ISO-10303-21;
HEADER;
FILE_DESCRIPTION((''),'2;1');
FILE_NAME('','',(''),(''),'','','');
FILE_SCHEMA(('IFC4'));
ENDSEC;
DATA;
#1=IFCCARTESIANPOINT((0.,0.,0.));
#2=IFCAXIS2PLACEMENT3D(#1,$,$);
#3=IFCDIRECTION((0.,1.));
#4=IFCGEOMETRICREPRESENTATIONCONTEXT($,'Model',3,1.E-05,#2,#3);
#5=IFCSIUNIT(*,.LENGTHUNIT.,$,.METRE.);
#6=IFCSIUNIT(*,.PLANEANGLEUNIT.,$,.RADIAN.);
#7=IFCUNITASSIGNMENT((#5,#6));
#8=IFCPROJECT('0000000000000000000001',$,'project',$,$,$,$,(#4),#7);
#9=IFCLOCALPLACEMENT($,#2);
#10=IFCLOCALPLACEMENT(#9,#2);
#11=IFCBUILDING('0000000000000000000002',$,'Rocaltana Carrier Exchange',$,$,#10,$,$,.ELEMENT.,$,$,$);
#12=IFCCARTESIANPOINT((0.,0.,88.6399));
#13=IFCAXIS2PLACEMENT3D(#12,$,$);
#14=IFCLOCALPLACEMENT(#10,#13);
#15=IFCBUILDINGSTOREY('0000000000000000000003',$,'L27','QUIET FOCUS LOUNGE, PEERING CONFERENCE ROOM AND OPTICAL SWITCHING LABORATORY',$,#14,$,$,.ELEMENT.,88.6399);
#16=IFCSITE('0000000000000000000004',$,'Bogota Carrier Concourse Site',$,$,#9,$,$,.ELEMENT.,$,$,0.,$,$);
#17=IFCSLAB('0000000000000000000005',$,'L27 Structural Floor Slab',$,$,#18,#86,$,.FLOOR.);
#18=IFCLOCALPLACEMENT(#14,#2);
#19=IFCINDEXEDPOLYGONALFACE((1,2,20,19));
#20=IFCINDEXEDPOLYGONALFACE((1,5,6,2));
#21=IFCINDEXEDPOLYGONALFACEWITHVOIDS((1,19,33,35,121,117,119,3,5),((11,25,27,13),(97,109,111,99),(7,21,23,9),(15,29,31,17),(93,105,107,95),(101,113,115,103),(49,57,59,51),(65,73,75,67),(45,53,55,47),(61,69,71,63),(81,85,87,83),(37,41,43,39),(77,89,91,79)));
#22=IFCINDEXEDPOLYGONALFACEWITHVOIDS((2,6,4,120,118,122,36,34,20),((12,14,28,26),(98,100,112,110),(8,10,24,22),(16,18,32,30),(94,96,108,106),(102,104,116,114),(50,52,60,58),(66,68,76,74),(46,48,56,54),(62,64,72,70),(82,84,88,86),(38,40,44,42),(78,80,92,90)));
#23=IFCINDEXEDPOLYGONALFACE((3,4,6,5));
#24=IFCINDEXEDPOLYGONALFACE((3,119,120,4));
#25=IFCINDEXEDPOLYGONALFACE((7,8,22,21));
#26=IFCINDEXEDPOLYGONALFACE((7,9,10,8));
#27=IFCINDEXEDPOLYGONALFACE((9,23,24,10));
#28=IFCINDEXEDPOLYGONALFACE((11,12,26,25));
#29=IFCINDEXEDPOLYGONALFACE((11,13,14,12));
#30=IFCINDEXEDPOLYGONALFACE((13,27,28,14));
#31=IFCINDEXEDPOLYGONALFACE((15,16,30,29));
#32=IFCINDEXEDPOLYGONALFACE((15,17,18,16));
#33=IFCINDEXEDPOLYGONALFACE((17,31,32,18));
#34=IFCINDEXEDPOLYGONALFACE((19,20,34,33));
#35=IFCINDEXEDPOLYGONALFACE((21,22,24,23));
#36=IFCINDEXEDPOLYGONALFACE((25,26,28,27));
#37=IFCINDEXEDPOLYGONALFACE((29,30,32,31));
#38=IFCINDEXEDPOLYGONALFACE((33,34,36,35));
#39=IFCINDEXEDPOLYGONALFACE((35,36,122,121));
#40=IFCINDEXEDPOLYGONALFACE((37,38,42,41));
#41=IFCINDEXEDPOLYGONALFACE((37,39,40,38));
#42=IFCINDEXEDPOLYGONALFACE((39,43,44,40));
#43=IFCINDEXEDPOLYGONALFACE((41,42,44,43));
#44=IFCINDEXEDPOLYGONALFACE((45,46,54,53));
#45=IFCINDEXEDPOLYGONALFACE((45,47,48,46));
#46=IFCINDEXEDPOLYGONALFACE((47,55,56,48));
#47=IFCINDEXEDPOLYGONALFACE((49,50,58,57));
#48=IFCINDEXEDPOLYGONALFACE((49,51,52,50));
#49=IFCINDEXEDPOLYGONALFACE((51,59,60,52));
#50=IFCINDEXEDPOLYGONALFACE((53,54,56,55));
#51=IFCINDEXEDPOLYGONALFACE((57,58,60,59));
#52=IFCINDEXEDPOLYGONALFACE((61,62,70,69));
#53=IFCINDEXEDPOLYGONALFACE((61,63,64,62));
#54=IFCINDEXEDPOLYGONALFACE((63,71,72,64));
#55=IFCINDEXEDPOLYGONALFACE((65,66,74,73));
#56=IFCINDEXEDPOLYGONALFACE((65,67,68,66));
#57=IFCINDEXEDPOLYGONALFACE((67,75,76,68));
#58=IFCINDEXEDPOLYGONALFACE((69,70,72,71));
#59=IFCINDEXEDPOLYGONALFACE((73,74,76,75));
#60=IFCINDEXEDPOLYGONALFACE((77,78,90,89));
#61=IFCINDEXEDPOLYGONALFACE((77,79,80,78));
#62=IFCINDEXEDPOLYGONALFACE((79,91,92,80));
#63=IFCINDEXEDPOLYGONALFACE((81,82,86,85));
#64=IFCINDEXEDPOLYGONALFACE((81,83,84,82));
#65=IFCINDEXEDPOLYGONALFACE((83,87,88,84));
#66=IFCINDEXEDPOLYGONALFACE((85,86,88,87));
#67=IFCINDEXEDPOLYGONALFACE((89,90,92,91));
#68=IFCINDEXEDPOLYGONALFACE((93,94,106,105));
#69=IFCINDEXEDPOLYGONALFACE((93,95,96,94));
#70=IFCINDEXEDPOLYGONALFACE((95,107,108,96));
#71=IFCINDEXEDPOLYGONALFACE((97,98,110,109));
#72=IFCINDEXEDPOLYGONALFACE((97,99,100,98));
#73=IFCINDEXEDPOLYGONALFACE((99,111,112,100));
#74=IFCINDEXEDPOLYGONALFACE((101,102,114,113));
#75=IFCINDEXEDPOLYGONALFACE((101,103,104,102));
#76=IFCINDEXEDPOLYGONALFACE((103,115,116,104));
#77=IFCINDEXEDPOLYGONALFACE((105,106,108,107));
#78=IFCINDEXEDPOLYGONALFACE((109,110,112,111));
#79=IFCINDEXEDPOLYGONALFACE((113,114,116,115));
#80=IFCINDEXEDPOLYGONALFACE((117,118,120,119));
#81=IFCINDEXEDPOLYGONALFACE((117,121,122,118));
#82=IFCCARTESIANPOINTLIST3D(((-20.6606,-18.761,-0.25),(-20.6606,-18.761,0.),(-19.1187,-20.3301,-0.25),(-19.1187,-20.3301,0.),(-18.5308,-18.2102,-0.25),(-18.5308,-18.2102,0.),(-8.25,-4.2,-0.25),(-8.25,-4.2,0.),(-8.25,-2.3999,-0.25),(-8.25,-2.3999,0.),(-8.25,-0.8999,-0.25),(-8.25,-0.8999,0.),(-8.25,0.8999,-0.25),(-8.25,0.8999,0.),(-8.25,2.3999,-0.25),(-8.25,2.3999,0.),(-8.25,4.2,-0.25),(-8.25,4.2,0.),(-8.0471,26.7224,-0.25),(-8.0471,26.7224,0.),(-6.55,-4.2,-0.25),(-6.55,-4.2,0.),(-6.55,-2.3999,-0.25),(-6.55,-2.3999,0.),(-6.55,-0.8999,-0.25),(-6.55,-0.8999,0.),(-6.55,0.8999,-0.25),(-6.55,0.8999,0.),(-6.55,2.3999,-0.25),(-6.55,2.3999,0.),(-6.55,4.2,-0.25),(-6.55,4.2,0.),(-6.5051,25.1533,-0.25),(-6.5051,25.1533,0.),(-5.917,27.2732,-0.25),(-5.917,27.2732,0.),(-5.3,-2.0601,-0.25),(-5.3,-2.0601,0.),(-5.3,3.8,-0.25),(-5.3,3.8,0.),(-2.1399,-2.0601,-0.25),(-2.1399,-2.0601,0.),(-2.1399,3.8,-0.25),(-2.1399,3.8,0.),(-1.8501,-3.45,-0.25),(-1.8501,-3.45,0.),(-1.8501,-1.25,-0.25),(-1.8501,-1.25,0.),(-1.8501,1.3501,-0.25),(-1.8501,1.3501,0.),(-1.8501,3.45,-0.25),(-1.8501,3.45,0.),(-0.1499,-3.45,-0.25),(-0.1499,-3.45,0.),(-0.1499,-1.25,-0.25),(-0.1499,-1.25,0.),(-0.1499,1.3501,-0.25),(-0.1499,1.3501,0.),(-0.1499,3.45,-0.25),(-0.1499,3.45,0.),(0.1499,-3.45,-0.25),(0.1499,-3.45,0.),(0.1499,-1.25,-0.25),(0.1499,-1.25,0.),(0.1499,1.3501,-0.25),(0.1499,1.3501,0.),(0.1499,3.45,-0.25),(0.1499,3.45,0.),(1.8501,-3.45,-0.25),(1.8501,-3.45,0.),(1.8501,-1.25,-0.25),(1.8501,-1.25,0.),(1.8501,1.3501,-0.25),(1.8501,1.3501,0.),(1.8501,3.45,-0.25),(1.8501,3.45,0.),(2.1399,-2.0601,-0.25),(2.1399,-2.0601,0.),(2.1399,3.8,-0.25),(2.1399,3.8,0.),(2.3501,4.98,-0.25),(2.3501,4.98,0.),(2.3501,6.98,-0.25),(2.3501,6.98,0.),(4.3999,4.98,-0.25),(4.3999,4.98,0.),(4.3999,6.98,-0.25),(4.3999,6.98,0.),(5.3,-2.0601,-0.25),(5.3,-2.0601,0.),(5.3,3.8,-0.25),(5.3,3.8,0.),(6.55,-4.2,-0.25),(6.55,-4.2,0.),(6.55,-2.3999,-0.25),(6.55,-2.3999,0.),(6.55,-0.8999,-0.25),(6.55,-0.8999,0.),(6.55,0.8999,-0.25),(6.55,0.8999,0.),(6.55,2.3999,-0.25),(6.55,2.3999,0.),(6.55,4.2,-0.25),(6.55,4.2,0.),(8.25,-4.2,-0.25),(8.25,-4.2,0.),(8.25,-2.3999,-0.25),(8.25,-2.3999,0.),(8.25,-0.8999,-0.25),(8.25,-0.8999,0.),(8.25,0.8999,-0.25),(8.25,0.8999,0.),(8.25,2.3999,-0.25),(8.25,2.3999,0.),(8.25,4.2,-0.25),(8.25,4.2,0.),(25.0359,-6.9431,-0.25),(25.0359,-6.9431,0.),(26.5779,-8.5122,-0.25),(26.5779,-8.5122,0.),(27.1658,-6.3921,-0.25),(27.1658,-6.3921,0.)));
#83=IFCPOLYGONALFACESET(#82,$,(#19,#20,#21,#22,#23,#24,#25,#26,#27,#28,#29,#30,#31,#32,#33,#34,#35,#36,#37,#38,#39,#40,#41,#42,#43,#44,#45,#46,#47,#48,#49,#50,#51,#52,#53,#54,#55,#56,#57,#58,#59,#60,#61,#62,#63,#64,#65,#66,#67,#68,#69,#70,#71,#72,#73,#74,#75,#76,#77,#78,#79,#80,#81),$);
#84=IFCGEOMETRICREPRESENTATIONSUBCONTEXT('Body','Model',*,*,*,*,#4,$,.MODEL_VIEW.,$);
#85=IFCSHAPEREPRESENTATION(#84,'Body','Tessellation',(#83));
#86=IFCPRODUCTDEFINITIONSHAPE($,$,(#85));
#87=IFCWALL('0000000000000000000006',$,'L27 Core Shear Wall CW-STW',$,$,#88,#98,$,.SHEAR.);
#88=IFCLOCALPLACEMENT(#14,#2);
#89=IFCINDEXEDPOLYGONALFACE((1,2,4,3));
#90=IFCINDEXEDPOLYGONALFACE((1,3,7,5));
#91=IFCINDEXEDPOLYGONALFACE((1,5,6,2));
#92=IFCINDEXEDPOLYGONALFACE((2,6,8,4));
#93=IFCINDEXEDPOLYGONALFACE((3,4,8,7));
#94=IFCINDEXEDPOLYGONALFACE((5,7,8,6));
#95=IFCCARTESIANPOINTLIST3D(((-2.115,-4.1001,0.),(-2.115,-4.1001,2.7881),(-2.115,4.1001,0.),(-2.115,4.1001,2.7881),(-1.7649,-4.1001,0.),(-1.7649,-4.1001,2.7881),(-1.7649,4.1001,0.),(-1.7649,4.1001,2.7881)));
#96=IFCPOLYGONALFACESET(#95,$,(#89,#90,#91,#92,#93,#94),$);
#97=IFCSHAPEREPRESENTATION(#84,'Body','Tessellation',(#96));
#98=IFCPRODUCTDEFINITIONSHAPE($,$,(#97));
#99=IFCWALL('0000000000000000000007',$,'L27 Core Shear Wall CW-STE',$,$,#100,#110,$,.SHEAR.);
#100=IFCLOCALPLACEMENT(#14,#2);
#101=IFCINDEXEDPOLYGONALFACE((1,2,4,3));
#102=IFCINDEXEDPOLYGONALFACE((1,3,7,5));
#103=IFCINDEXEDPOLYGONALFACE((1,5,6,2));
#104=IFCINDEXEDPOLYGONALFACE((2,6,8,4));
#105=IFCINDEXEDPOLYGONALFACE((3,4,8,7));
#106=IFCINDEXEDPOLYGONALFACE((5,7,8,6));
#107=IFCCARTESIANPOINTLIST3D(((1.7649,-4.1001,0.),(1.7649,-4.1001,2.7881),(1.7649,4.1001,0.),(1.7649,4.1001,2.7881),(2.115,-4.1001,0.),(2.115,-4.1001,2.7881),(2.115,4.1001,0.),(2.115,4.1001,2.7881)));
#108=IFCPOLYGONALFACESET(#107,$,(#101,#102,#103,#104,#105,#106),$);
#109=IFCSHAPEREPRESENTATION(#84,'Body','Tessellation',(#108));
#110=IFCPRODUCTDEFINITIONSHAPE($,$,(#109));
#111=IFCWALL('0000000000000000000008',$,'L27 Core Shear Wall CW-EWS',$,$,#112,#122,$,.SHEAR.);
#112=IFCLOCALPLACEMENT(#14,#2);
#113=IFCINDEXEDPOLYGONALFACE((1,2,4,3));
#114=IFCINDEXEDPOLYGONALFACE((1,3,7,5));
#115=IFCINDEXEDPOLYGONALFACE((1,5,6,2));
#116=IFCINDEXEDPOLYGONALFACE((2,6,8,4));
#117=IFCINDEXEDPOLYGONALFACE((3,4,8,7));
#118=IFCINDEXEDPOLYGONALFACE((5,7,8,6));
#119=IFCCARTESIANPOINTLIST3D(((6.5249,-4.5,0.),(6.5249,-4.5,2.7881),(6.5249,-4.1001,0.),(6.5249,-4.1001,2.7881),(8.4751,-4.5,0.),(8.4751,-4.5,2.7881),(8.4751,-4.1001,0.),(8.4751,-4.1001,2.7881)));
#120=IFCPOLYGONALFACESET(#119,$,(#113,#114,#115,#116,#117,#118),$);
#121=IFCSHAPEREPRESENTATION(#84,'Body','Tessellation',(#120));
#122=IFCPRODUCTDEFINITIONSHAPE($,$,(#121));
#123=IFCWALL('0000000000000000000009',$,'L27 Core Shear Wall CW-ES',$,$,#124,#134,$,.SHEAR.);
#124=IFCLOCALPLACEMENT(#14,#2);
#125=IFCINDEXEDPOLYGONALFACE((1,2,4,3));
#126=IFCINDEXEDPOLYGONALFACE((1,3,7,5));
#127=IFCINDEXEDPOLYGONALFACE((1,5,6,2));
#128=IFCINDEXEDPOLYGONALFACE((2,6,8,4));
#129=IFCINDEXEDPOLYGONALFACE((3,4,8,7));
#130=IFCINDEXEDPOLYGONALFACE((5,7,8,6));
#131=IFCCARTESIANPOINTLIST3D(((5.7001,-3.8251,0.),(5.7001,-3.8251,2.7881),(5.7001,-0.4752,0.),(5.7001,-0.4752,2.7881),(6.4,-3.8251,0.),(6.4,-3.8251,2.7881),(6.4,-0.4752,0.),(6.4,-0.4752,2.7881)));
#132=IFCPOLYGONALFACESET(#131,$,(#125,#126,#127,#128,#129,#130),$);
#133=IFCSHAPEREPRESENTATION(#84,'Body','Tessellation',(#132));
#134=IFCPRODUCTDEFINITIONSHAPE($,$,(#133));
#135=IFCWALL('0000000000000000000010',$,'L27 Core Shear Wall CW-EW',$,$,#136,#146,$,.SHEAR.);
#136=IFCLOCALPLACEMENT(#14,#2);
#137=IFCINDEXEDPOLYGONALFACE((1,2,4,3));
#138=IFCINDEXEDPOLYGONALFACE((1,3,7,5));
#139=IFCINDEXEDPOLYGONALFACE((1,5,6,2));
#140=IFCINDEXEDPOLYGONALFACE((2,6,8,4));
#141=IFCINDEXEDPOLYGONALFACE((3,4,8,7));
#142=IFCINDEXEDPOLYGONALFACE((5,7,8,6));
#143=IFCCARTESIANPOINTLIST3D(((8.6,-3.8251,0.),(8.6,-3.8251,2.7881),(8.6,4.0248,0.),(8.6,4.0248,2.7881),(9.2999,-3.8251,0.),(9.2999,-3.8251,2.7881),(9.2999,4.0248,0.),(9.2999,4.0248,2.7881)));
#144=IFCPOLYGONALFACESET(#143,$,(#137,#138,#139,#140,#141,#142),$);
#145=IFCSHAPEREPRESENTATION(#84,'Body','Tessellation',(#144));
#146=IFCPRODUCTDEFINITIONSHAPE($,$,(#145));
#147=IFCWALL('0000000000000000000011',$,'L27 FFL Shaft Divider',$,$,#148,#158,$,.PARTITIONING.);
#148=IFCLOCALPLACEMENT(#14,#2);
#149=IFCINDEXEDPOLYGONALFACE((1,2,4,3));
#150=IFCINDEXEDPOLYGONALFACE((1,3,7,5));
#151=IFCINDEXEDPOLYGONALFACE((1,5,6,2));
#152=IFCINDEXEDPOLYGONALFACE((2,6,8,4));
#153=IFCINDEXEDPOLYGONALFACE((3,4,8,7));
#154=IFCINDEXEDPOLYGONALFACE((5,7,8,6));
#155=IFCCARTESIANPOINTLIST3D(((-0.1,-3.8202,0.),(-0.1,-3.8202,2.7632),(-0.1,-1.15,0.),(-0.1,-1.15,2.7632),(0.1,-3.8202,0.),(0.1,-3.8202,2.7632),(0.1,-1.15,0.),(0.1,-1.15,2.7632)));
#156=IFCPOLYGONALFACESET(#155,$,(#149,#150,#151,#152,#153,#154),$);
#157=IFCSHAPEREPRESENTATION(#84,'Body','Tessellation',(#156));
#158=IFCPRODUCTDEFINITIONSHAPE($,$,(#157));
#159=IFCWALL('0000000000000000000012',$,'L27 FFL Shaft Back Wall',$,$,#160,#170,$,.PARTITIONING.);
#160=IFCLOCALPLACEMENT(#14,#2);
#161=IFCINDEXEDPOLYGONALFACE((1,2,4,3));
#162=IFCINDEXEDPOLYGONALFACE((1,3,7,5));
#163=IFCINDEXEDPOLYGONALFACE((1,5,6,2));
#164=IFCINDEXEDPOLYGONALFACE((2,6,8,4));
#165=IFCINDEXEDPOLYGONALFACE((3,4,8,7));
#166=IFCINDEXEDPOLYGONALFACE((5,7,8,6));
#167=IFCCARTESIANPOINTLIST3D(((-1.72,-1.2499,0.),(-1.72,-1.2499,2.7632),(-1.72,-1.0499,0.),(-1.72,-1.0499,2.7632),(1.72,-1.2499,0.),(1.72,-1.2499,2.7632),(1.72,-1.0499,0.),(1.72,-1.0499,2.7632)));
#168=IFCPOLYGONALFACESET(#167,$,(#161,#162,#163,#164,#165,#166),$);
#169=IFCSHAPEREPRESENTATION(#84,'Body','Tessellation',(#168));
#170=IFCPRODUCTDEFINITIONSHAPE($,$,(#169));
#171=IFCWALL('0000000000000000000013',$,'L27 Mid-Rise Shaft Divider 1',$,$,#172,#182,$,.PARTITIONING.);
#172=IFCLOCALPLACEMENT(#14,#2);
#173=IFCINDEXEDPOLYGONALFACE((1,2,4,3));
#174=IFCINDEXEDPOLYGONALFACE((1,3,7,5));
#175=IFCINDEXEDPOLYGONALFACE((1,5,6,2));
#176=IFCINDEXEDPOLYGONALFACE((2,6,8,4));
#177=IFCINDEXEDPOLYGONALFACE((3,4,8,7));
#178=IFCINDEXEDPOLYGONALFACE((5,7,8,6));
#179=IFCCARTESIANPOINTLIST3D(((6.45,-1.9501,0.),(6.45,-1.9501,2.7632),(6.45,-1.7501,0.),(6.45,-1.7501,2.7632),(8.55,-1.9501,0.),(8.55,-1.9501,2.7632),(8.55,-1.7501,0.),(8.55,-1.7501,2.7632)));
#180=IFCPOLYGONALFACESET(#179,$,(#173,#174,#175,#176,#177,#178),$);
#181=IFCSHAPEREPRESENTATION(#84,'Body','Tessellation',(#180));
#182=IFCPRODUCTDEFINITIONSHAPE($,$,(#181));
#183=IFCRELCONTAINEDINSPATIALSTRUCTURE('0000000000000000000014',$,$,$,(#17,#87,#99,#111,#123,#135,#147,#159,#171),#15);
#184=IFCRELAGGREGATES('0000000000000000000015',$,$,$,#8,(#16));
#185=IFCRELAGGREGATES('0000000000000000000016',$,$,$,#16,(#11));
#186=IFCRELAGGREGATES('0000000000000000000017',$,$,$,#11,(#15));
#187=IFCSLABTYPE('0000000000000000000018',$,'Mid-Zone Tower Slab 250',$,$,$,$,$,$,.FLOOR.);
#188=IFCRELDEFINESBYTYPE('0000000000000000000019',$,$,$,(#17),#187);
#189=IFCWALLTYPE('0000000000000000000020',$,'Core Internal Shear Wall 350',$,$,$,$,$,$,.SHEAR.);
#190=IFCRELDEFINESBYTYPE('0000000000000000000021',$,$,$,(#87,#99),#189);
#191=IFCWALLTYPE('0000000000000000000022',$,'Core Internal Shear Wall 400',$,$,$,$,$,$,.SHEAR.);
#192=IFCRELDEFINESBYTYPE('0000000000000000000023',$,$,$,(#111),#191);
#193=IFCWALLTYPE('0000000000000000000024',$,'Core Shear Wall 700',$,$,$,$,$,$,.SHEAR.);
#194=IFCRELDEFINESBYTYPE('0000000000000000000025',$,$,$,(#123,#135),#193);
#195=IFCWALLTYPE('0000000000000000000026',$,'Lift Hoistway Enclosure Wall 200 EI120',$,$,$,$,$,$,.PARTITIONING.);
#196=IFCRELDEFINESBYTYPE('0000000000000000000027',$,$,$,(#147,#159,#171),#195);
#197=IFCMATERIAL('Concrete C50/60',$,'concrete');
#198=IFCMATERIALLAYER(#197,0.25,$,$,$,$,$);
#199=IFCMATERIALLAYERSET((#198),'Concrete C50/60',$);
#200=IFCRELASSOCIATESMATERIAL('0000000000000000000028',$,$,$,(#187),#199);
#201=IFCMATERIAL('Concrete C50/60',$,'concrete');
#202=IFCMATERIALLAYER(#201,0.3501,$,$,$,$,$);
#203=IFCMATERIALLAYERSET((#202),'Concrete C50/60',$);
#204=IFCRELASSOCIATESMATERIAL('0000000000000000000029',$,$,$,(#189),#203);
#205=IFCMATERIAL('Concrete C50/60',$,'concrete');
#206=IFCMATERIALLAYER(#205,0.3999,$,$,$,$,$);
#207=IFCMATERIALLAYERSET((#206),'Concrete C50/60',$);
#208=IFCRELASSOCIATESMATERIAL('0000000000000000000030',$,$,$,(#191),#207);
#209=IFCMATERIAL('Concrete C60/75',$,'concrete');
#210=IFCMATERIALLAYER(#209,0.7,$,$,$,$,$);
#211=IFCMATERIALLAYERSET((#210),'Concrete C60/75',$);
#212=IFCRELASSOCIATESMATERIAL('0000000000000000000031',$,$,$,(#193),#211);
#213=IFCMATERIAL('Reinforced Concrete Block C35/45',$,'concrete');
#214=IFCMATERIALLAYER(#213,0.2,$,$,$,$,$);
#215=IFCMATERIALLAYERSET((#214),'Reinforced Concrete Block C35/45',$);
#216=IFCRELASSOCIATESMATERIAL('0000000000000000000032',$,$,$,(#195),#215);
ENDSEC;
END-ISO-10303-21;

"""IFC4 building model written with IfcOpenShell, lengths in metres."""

from ifc_helpers import new_model, si_unit, direction, frame, frame_2d, origin, place, context, subcontext, project, spatial, polyline, rectangle, outline, extrude, material, layer, layer_set, type_object, element, save


model = new_model("IFC4")

# Units and contexts
model_context = context("Model", 3, precision=1e-05, world=origin(), true_north=direction((0.0, 1.0)))
body_context = subcontext(model_context, "Body", "Model", "MODEL_VIEW")
ifc_project = project(units=[si_unit("LENGTHUNIT", "METRE"), si_unit("PLANEANGLEUNIT", "RADIAN")], contexts=[model_context])

# Site, building, storey
site_placement = place(None, origin())
site = spatial("IfcSite", under=ifc_project, at=site_placement, Name="Bogota Carrier Concourse Site", CompositionType="ELEMENT", RefElevation=0.0)
building_placement = place(site_placement, origin())
building = spatial("IfcBuilding", under=site, at=building_placement, Name="Rocaltana Carrier Exchange", CompositionType="ELEMENT")
storey_placement = place(building_placement, frame((0.0, 0.0, 88.6399)))
storey = spatial("IfcBuildingStorey", under=building, at=storey_placement, Name="L27", Description="QUIET FOCUS LOUNGE, PEERING CONFERENCE ROOM AND OPTICAL SWITCHING LABORATORY", CompositionType="ELEMENT", Elevation=88.6399)

# Slab
ifc_material_1 = material(Name="Concrete C50/60", Category="concrete")
ifc_layer_1 = layer(ifc_material_1, 0.25)
ifc_layer_set_1 = layer_set([ifc_layer_1], Name="Concrete C50/60")
slab_type = type_object("IfcSlabType", Name="Mid-Zone Tower Slab 250", PredefinedType="FLOOR", material=ifc_layer_set_1)
slab_placement = place(storey_placement, frame((0.0, 0.0, -0.25)))
element("IfcSlab", 1, at=slab_placement, inside=storey, type_object=slab_type, Name="L27 Structural Floor Slab", PredefinedType="FLOOR", context=body_context, shape_type="SweptSolid", body=[
    extrude(outline(polyline([(26.5779, -8.5122), (25.0359, -6.9431), (27.1658, -6.3921), (-5.917, 27.2732), (-6.5051, 25.1533), (-8.0471, 26.7224), (-20.6606, -18.761), (-18.5308, -18.2102), (-19.1187, -20.3301), (26.5779, -8.5122)]), holes=[polyline([(-5.3, -2.0601), (-2.1399, -2.0601), (-2.1399, 3.8), (-5.3, 3.8), (-5.3, -2.0601)]), polyline([(2.1399, -2.0601), (5.3, -2.0601), (5.3, 3.8), (2.1399, 3.8), (2.1399, -2.0601)]), polyline([(-1.8501, -3.45), (-0.1499, -3.45), (-0.1499, -1.25), (-1.8501, -1.25), (-1.8501, -3.45)]), polyline([(0.1499, -3.45), (1.8501, -3.45), (1.8501, -1.25), (0.1499, -1.25), (0.1499, -3.45)]), polyline([(2.3501, 4.98), (4.3999, 4.98), (4.3999, 6.98), (2.3501, 6.98), (2.3501, 4.98)]), polyline([(-1.8501, 1.3501), (-0.1499, 1.3501), (-0.1499, 3.45), (-1.8501, 3.45), (-1.8501, 1.3501)]), polyline([(0.1499, 1.3501), (1.8501, 1.3501), (1.8501, 3.45), (0.1499, 3.45), (0.1499, 1.3501)]), polyline([(-8.25, -4.2), (-6.55, -4.2), (-6.55, -2.3999), (-8.25, -2.3999), (-8.25, -4.2)]), polyline([(-8.25, -0.8999), (-6.55, -0.8999), (-6.55, 0.8999), (-8.25, 0.8999), (-8.25, -0.8999)]), polyline([(-8.25, 2.3999), (-6.55, 2.3999), (-6.55, 4.2), (-8.25, 4.2), (-8.25, 2.3999)]), polyline([(6.55, -4.2), (8.25, -4.2), (8.25, -2.3999), (6.55, -2.3999), (6.55, -4.2)]), polyline([(6.55, -0.8999), (8.25, -0.8999), (8.25, 0.8999), (6.55, 0.8999), (6.55, -0.8999)]), polyline([(6.55, 2.3999), (8.25, 2.3999), (8.25, 4.2), (6.55, 4.2), (6.55, 2.3999)])]), origin(), (0.0, 0.0, 1.0), 0.25),
])

# Walls
ifc_material_2 = material(Name="Concrete C50/60", Category="concrete")
ifc_layer_2 = layer(ifc_material_2, 0.3501)
ifc_layer_set_2 = layer_set([ifc_layer_2], Name="Concrete C50/60")
wall_type_1 = type_object("IfcWallType", Name="Core Internal Shear Wall 350", PredefinedType="SHEAR", material=ifc_layer_set_2)
for number, where, z_axis, x_axis, name in (
    (2, (-1.9399, -4.1001, 0.0), (0.0, 0.0, 1.0), (0.0, 1.0, 0.0), "L27 Core Shear Wall CW-STW"),
    (3, (1.9399, -4.1001, 0.0), (0.0, 0.0, 1.0), (0.0, 1.0, 0.0), "L27 Core Shear Wall CW-STE"),
):
    element("IfcWall", number, at=place(storey_placement, frame(where, z_axis=z_axis, x_axis=x_axis)), inside=storey, type_object=wall_type_1, Name=name, PredefinedType="SHEAR", context=body_context, shape_type="SweptSolid", body=[
        extrude(rectangle(XDim=8.2002, YDim=0.3501, at=frame_2d((4.1001, 0.0))), origin(), (0.0, 0.0, 1.0), 2.7881),
    ])
ifc_material_3 = material(Name="Concrete C50/60", Category="concrete")
ifc_layer_3 = layer(ifc_material_3, 0.3999)
ifc_layer_set_3 = layer_set([ifc_layer_3], Name="Concrete C50/60")
wall_type_2 = type_object("IfcWallType", Name="Core Internal Shear Wall 400", PredefinedType="SHEAR", material=ifc_layer_set_3)
wall_1_placement = place(storey_placement, frame((6.5249, -4.3, 0.0), z_axis=(0.0, 0.0, 1.0), x_axis=(1.0, 0.0, 0.0)))
element("IfcWall", 4, at=wall_1_placement, inside=storey, type_object=wall_type_2, Name="L27 Core Shear Wall CW-EWS", PredefinedType="SHEAR", context=body_context, shape_type="SweptSolid", body=[
    extrude(rectangle(XDim=1.9502, YDim=0.3999, at=frame_2d((0.9751, 0.0))), origin(), (0.0, 0.0, 1.0), 2.7881),
])
ifc_material_4 = material(Name="Concrete C60/75", Category="concrete")
ifc_layer_4 = layer(ifc_material_4, 0.7)
ifc_layer_set_4 = layer_set([ifc_layer_4], Name="Concrete C60/75")
wall_type_3 = type_object("IfcWallType", Name="Core Shear Wall 700", PredefinedType="SHEAR", material=ifc_layer_set_4)
wall_2_placement = place(storey_placement, frame((6.05, -3.825, 0.0), z_axis=(0.0, 0.0, 1.0), x_axis=(0.0, 1.0, 0.0)))
element("IfcWall", 5, at=wall_2_placement, inside=storey, type_object=wall_type_3, Name="L27 Core Shear Wall CW-ES", PredefinedType="SHEAR", context=body_context, shape_type="SweptSolid", body=[
    extrude(rectangle(XDim=3.3499, YDim=0.7, at=frame_2d((1.6748, 0.0))), origin(), (0.0, 0.0, 1.0), 2.7881),
])
wall_3_placement = place(storey_placement, frame((8.95, -3.825, 0.0), z_axis=(0.0, 0.0, 1.0), x_axis=(0.0, 1.0, 0.0)))
element("IfcWall", 6, at=wall_3_placement, inside=storey, type_object=wall_type_3, Name="L27 Core Shear Wall CW-EW", PredefinedType="SHEAR", context=body_context, shape_type="SweptSolid", body=[
    extrude(rectangle(XDim=7.8499, YDim=0.7, at=frame_2d((3.9248, 0.0))), origin(), (0.0, 0.0, 1.0), 2.7881),
])
ifc_material_5 = material(Name="Reinforced Concrete Block C35/45", Category="concrete")
ifc_layer_5 = layer(ifc_material_5, 0.2)
ifc_layer_set_5 = layer_set([ifc_layer_5], Name="Reinforced Concrete Block C35/45")
wall_type_4 = type_object("IfcWallType", Name="Lift Hoistway Enclosure Wall 200 EI120", PredefinedType="PARTITIONING", material=ifc_layer_set_5)
wall_4_placement = place(storey_placement, frame((0.0, -3.8201, 0.0), z_axis=(0.0, 0.0, 1.0), x_axis=(0.0, 1.0, 0.0)))
element("IfcWall", 7, at=wall_4_placement, inside=storey, type_object=wall_type_4, Name="L27 FFL Shaft Divider", PredefinedType="PARTITIONING", context=body_context, shape_type="SweptSolid", body=[
    extrude(rectangle(XDim=2.6702, YDim=0.2, at=frame_2d((1.335, 0.0))), origin(), (0.0, 0.0, 1.0), 2.7632),
])
wall_5_placement = place(storey_placement, frame((-1.72, -1.1499, 0.0), z_axis=(0.0, 0.0, 1.0), x_axis=(1.0, 0.0, 0.0)))
element("IfcWall", 8, at=wall_5_placement, inside=storey, type_object=wall_type_4, Name="L27 FFL Shaft Back Wall", PredefinedType="PARTITIONING", context=body_context, shape_type="SweptSolid", body=[
    extrude(rectangle(XDim=3.4399, YDim=0.2, at=frame_2d((1.72, 0.0))), origin(), (0.0, 0.0, 1.0), 2.7632),
])
wall_6_placement = place(storey_placement, frame((6.45, -1.8501, 0.0), z_axis=(0.0, 0.0, 1.0), x_axis=(1.0, 0.0, 0.0)))
element("IfcWall", 9, at=wall_6_placement, inside=storey, type_object=wall_type_4, Name="L27 Mid-Rise Shaft Divider 1", PredefinedType="PARTITIONING", context=body_context, shape_type="SweptSolid", body=[
    extrude(rectangle(XDim=2.1001, YDim=0.2, at=frame_2d((1.05, 0.0))), origin(), (0.0, 0.0, 1.0), 2.7632),
])

save(model, "model.ifc")
